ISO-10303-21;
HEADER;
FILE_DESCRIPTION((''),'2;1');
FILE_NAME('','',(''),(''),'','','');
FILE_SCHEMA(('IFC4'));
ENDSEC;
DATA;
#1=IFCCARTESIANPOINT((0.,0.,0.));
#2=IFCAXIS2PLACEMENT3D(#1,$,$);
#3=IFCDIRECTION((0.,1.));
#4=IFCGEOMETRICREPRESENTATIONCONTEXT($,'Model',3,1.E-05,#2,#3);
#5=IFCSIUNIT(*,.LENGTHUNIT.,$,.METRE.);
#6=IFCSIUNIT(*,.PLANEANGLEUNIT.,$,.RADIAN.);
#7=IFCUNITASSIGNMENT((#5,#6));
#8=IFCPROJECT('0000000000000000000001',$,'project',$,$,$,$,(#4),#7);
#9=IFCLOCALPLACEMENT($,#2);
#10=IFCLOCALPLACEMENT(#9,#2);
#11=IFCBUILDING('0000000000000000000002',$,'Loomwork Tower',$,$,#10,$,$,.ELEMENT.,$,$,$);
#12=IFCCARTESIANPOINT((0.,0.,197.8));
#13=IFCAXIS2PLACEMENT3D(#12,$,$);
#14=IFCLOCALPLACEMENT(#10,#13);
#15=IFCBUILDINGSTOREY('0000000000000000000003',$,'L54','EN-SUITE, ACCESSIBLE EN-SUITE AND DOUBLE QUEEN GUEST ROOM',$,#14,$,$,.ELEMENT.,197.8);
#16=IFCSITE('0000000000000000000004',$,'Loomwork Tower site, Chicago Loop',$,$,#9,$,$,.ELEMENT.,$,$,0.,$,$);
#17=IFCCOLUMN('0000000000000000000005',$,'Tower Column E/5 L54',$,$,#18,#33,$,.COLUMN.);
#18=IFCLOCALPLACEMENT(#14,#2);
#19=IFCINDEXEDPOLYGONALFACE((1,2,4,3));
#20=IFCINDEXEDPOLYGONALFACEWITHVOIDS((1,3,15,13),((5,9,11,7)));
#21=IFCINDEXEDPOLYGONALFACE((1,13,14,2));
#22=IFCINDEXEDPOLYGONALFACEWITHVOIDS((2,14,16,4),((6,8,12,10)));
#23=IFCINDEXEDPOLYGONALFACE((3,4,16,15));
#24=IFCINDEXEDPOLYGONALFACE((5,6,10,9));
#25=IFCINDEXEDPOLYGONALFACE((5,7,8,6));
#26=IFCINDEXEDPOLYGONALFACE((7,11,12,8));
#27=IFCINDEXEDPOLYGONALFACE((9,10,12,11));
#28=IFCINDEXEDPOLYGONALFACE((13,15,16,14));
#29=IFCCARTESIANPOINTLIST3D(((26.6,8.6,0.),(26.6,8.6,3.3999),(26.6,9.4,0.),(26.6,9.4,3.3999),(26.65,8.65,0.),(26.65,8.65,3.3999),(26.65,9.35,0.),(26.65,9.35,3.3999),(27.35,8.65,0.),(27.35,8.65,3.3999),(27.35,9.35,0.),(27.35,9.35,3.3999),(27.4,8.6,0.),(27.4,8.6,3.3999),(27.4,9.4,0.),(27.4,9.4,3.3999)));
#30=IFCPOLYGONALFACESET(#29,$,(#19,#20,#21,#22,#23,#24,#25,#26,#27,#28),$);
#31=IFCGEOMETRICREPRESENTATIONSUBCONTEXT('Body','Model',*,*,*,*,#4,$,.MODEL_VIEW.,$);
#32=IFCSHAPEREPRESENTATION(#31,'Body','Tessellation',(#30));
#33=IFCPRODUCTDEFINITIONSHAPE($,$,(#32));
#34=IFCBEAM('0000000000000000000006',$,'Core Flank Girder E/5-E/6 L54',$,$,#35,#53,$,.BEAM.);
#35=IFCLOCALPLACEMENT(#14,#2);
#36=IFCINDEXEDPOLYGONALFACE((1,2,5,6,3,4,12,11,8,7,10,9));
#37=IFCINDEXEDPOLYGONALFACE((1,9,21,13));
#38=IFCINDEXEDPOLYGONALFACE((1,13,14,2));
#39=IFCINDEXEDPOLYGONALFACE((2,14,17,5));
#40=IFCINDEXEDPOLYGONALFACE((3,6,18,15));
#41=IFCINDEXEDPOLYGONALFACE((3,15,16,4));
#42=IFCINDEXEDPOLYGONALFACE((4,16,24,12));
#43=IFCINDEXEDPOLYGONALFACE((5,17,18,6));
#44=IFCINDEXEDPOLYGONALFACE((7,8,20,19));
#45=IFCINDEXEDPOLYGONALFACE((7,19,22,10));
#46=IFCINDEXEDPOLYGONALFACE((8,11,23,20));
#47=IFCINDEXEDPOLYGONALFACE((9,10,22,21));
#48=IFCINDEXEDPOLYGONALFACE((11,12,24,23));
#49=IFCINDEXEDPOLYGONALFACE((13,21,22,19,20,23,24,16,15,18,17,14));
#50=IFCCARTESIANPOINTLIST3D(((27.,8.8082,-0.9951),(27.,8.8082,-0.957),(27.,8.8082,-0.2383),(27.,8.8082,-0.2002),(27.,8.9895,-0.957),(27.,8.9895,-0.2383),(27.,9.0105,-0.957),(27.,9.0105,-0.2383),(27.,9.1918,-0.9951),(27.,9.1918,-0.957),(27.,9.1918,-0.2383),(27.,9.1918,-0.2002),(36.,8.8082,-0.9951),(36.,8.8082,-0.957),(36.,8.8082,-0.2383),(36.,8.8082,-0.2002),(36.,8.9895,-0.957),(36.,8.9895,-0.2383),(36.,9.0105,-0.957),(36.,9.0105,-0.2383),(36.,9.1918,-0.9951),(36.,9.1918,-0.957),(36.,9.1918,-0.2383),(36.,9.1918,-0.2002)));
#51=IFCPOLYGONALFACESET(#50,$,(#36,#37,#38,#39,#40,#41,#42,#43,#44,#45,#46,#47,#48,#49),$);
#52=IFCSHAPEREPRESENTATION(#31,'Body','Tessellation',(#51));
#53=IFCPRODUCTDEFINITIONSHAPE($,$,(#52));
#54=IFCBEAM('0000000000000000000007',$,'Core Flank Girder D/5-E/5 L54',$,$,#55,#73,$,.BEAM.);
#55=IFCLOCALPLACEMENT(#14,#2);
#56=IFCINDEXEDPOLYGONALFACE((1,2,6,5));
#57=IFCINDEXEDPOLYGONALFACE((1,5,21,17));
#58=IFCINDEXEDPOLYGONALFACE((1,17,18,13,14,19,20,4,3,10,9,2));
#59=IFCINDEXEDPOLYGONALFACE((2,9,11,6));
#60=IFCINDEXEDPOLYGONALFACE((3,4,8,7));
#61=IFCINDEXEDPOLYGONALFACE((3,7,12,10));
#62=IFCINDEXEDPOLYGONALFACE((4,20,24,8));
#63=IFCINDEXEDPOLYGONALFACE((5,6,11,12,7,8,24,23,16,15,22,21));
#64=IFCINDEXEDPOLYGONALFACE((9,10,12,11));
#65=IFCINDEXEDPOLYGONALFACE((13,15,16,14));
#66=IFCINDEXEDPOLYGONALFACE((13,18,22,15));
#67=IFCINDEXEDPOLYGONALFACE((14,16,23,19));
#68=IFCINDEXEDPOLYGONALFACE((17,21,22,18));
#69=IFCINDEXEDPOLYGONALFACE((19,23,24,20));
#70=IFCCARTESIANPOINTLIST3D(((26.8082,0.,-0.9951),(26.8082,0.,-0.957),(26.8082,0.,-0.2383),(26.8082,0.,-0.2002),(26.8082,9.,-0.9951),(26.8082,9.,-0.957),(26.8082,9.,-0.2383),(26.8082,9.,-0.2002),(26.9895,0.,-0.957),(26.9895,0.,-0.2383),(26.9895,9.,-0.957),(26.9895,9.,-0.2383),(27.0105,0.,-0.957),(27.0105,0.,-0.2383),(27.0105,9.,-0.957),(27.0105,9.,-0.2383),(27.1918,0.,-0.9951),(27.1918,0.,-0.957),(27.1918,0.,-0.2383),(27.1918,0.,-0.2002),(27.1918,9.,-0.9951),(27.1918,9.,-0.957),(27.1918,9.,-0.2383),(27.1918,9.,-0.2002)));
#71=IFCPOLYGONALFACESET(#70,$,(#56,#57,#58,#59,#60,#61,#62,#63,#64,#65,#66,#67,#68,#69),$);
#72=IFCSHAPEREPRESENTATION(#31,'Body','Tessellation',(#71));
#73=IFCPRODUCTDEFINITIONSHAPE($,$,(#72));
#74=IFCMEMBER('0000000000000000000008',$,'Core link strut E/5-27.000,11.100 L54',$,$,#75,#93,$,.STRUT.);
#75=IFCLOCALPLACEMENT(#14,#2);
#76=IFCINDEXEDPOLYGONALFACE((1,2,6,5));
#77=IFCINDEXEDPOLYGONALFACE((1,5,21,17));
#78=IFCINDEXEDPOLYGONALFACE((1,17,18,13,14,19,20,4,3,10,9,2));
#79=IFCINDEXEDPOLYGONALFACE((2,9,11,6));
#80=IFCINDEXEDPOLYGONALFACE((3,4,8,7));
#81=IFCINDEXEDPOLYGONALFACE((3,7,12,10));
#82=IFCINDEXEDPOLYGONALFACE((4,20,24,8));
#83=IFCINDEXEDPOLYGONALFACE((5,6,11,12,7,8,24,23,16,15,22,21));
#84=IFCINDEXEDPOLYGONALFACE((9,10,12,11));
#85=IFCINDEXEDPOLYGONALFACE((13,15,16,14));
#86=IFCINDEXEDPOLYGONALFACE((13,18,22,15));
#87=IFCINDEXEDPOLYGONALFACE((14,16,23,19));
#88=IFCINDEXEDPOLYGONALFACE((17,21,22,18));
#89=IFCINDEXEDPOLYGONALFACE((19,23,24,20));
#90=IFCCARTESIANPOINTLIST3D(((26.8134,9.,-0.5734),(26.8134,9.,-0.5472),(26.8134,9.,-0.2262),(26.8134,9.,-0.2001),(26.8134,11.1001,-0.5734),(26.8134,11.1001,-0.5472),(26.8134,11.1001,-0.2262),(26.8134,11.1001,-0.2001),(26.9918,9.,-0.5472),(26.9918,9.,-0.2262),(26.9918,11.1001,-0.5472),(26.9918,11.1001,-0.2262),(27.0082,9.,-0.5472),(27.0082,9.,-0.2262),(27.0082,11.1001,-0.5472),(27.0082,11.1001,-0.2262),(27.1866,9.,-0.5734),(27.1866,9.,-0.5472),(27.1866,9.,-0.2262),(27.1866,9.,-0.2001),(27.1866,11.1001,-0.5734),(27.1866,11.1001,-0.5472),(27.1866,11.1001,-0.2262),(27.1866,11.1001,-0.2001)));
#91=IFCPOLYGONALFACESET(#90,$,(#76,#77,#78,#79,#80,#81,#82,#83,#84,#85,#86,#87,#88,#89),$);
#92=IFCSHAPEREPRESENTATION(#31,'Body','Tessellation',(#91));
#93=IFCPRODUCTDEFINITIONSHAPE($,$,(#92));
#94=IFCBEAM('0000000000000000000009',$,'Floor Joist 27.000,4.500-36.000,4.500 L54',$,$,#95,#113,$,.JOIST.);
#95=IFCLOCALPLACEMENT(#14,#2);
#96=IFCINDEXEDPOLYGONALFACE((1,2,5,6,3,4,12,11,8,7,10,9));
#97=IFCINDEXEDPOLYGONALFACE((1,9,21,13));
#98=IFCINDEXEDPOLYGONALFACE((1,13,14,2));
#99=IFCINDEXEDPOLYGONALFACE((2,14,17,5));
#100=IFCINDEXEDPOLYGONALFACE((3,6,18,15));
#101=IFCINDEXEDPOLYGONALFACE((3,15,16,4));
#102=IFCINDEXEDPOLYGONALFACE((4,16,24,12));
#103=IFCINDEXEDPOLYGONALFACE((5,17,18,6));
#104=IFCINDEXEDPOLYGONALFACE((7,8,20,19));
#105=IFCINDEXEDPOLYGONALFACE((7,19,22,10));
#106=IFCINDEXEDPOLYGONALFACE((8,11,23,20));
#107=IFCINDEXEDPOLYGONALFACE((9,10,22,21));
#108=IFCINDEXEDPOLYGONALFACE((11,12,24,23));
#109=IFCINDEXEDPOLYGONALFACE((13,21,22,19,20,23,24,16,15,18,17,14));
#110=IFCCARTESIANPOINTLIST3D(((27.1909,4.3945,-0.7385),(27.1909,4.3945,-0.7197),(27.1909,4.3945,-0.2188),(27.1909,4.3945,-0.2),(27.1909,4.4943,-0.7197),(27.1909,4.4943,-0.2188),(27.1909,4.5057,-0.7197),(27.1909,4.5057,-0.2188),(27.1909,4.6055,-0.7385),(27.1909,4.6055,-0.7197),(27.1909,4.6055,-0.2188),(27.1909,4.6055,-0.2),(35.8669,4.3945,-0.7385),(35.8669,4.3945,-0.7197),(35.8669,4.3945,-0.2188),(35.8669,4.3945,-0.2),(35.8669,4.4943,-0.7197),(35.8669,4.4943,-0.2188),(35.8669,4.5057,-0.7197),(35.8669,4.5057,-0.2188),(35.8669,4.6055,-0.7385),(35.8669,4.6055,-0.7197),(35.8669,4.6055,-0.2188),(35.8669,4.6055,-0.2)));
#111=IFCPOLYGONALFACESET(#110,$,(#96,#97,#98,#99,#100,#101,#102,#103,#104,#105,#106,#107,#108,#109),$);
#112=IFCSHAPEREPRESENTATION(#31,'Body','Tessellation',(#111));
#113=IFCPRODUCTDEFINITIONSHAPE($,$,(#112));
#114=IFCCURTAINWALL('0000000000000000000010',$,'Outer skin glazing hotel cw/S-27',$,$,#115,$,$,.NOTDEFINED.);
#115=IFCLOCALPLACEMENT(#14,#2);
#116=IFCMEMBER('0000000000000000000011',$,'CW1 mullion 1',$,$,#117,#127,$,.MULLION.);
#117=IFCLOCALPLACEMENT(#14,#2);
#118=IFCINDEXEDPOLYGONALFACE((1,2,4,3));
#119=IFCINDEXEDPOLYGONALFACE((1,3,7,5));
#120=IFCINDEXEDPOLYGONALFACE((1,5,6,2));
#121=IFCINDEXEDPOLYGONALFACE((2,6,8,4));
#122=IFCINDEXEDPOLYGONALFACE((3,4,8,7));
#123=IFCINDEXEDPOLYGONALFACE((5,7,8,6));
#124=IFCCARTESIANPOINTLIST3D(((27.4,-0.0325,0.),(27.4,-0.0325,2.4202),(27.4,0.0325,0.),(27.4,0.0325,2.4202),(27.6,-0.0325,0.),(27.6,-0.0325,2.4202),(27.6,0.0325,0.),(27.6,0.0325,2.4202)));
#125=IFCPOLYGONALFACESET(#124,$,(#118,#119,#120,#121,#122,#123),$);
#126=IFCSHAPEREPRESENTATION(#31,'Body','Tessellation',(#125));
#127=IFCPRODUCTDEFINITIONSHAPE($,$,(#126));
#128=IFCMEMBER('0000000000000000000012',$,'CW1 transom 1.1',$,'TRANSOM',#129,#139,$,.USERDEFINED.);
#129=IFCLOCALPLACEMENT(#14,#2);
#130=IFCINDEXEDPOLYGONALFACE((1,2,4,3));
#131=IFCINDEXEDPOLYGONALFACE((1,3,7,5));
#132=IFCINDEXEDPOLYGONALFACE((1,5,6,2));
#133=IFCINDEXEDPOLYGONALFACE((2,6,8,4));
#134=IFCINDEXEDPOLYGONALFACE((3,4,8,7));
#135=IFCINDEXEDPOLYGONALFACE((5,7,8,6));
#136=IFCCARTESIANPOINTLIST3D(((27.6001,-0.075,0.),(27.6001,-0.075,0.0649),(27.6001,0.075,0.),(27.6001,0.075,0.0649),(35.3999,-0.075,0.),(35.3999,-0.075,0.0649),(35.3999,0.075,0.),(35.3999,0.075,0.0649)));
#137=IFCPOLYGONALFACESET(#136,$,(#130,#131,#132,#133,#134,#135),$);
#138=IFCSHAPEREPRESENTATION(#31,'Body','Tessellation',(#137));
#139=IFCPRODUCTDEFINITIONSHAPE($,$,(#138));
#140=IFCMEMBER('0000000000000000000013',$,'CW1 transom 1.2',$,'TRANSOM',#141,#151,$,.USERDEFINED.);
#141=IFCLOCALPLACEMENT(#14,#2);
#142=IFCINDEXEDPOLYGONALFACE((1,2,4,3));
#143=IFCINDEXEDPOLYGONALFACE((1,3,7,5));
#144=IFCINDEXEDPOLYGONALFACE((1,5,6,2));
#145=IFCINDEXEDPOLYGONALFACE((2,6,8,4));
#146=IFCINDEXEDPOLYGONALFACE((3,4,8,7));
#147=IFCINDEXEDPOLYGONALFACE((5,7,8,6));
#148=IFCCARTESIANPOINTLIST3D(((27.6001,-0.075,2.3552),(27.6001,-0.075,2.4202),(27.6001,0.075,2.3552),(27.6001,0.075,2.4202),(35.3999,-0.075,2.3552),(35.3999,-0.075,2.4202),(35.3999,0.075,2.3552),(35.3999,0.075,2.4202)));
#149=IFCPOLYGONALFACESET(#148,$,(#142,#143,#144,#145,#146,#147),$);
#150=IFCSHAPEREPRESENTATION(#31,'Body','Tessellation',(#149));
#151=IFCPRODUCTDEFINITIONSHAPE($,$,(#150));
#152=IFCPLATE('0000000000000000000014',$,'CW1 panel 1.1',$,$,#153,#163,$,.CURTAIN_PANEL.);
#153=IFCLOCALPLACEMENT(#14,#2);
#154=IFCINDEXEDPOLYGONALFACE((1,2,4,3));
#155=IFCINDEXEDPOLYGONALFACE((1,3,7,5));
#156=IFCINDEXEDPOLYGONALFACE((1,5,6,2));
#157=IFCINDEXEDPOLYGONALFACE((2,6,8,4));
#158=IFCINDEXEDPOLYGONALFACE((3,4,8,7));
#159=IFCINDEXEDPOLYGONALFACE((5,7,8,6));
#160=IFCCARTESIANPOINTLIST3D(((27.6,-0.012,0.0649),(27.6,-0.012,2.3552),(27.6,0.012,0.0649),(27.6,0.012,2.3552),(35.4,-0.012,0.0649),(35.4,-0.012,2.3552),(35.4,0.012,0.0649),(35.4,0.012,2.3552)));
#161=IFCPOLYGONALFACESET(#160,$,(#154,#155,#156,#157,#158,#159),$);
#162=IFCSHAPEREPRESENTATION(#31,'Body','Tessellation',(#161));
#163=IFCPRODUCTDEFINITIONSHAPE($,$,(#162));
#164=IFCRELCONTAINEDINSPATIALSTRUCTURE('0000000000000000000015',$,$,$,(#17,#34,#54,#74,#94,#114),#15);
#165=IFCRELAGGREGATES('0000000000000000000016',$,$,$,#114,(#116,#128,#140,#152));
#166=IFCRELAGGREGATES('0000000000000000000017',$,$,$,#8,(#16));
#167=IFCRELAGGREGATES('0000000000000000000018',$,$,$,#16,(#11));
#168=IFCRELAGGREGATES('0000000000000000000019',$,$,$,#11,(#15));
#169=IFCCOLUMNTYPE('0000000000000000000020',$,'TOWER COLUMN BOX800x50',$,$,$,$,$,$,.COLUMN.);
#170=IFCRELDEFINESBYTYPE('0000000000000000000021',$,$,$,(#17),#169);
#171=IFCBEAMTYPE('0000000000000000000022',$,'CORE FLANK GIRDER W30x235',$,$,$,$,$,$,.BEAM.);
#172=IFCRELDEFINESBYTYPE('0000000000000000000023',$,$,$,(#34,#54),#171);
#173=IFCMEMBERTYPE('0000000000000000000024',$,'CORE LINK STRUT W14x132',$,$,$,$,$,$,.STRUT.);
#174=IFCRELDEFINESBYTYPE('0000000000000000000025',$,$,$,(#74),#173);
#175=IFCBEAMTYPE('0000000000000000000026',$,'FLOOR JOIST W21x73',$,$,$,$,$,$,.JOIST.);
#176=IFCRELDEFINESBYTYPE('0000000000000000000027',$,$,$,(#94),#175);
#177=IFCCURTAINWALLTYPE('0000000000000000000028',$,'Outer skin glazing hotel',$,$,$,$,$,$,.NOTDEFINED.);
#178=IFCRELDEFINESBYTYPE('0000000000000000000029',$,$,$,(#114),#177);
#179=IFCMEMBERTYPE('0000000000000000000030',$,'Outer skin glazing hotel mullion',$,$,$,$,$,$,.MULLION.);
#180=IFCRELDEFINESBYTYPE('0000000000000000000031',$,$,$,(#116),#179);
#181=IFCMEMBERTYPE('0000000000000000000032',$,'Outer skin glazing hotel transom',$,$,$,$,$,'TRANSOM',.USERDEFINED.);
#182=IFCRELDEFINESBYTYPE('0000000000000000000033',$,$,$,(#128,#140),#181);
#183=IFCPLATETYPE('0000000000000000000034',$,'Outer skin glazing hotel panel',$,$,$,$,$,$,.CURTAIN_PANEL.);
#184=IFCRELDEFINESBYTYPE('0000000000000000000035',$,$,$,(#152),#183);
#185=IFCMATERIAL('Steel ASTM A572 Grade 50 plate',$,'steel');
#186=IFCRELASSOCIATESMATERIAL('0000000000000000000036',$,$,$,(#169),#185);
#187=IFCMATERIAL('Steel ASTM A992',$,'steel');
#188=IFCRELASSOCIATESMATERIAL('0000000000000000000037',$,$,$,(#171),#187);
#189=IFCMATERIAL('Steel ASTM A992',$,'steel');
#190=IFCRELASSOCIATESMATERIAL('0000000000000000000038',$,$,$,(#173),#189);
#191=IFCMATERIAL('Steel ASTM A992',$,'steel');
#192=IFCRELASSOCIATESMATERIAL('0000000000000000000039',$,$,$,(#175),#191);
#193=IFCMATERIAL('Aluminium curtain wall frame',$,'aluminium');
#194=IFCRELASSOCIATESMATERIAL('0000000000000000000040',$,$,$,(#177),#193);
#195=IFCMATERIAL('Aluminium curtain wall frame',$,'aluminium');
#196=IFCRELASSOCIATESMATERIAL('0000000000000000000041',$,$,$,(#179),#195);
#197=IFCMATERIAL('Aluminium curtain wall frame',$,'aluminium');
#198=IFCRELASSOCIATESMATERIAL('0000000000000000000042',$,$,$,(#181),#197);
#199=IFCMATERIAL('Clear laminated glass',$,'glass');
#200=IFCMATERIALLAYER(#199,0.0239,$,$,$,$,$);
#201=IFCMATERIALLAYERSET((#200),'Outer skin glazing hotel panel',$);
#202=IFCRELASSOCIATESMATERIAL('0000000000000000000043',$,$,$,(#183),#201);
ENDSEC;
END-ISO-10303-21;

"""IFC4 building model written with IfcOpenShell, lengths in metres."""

from ifc_helpers import new_model, si_unit, direction, frame, origin, origin_2d, place, context, subcontext, project, spatial, rectangle, hollow_rectangle, i_section, extrude, material, layer, layer_set, material_profile, profile_set, type_object, element, aggregate, save


model = new_model("IFC4")

# Units and contexts
model_context = context("Model", 3, precision=1e-05, world=origin(), true_north=direction((0.0, 1.0)))
body_context = subcontext(model_context, "Body", "Model", "MODEL_VIEW")
ifc_project = project(units=[si_unit("LENGTHUNIT", "METRE"), si_unit("PLANEANGLEUNIT", "RADIAN")], contexts=[model_context])

# Site, building, storey
site_placement = place(None, origin())
site = spatial("IfcSite", under=ifc_project, at=site_placement, Name="Loomwork Tower site, Chicago Loop", CompositionType="ELEMENT", RefElevation=0.0)
building_placement = place(site_placement, origin())
building = spatial("IfcBuilding", under=site, at=building_placement, Name="Loomwork Tower", CompositionType="ELEMENT")
storey_placement = place(building_placement, frame((0.0, 0.0, 197.8)))
storey = spatial("IfcBuildingStorey", under=building, at=storey_placement, Name="L54", Description="EN-SUITE, ACCESSIBLE EN-SUITE AND DOUBLE QUEEN GUEST ROOM", CompositionType="ELEMENT", Elevation=197.8)

# Column
ifc_material_1 = material(Name="Steel ASTM A572 Grade 50 plate", Category="steel")
ifc_material_profile_1 = material_profile(ifc_material_1, hollow_rectangle(XDim=0.8, YDim=0.8, WallThickness=0.05, at=origin_2d()), Name="BOX800x50")
ifc_profile_set_1 = profile_set([ifc_material_profile_1], Name="Steel ASTM A572 Grade 50 plate")
column_type = type_object("IfcColumnType", Name="TOWER COLUMN BOX800x50", PredefinedType="COLUMN", material=ifc_profile_set_1)
column_placement = place(storey_placement, frame((27.0, 9.0, 0.0), z_axis=(0.0, 0.0, 1.0), x_axis=(1.0, 0.0, 0.0)))
element("IfcColumn", 1, at=column_placement, inside=storey, type_object=column_type, Name="Tower Column E/5 L54", PredefinedType="COLUMN", context=body_context, shape_type="SweptSolid", body=[
    extrude(hollow_rectangle(XDim=0.8, YDim=0.8, WallThickness=0.05, at=origin_2d()), origin(), (0.0, 0.0, 1.0), 3.3999),
])

# Beams
ifc_material_2 = material(Name="Steel ASTM A992", Category="steel")
ifc_material_profile_2 = material_profile(ifc_material_2, i_section(OverallWidth=0.3835, OverallDepth=0.7949, WebThickness=0.021, FlangeThickness=0.0381, at=origin_2d()), Name="W30x235")
ifc_profile_set_2 = profile_set([ifc_material_profile_2], Name="Steel ASTM A992")
beam_type_1 = type_object("IfcBeamType", Name="CORE FLANK GIRDER W30x235", PredefinedType="BEAM", material=ifc_profile_set_2)
for number, where, z_axis, x_axis, name in (
    (2, (27.0, 9.0, -0.5977), (1.0, 0.0, 0.0), (0.0, 1.0, 0.0), "Core Flank Girder E/5-E/6 L54"),
    (3, (27.0, 0.0, -0.5977), (0.0, 1.0, 0.0), (-1.0, 0.0, 0.0), "Core Flank Girder D/5-E/5 L54"),
):
    element("IfcBeam", number, at=place(storey_placement, frame(where, z_axis=z_axis, x_axis=x_axis)), inside=storey, type_object=beam_type_1, Name=name, PredefinedType="BEAM", context=body_context, shape_type="SweptSolid", body=[
        extrude(i_section(OverallWidth=0.3835, OverallDepth=0.7949, WebThickness=0.021, FlangeThickness=0.0381, at=origin_2d()), origin(), (0.0, 0.0, 1.0), 9.0),
    ])

# Member
ifc_material_3 = material(Name="Steel ASTM A992", Category="steel")
ifc_material_profile_3 = material_profile(ifc_material_3, i_section(OverallWidth=0.3733, OverallDepth=0.3733, WebThickness=0.0164, FlangeThickness=0.0261, at=origin_2d()), Name="W14x132")
ifc_profile_set_3 = profile_set([ifc_material_profile_3], Name="Steel ASTM A992")
member_type_1 = type_object("IfcMemberType", Name="CORE LINK STRUT W14x132", PredefinedType="STRUT", material=ifc_profile_set_3)
member_1_placement = place(storey_placement, frame((27.0, 9.0, -0.3867), z_axis=(0.0, 1.0, 0.0), x_axis=(-1.0, 0.0, 0.0)))
element("IfcMember", 4, at=member_1_placement, inside=storey, type_object=member_type_1, Name="Core link strut E/5-27.000,11.100 L54", PredefinedType="STRUT", context=body_context, shape_type="SweptSolid", body=[
    extrude(i_section(OverallWidth=0.3733, OverallDepth=0.3733, WebThickness=0.0164, FlangeThickness=0.0261, at=origin_2d()), origin(), (0.0, 0.0, 1.0), 2.1001),
])

# Beam
ifc_material_4 = material(Name="Steel ASTM A992", Category="steel")
ifc_material_profile_4 = material_profile(ifc_material_4, i_section(OverallWidth=0.2109, OverallDepth=0.5386, WebThickness=0.0115, FlangeThickness=0.0188, at=origin_2d()), Name="W21x73")
ifc_profile_set_4 = profile_set([ifc_material_profile_4], Name="Steel ASTM A992")
beam_type_2 = type_object("IfcBeamType", Name="FLOOR JOIST W21x73", PredefinedType="JOIST", material=ifc_profile_set_4)
beam_placement = place(storey_placement, frame((27.1909, 4.5, -0.4692), z_axis=(1.0, 0.0, 0.0), x_axis=(0.0, 1.0, 0.0)))
element("IfcBeam", 5, at=beam_placement, inside=storey, type_object=beam_type_2, Name="Floor Joist 27.000,4.500-36.000,4.500 L54", PredefinedType="JOIST", context=body_context, shape_type="SweptSolid", body=[
    extrude(i_section(OverallWidth=0.2109, OverallDepth=0.5386, WebThickness=0.0115, FlangeThickness=0.0188, at=origin_2d()), origin(), (0.0, 0.0, 1.0), 8.676),
])

# Curtain wall, members, plate
ifc_material_5 = material(Name="Aluminium curtain wall frame", Category="aluminium")
curtain_wall_type = type_object("IfcCurtainWallType", Name="Outer skin glazing hotel", PredefinedType="NOTDEFINED", material=ifc_material_5)
curtain_wall_placement = place(storey_placement, origin())
curtain_wall = element("IfcCurtainWall", 6, at=curtain_wall_placement, inside=storey, type_object=curtain_wall_type, Name="Outer skin glazing hotel cw/S-27", PredefinedType="NOTDEFINED")
ifc_material_6 = material(Name="Aluminium curtain wall frame", Category="aluminium")
ifc_material_profile_5 = material_profile(ifc_material_6, rectangle(XDim=0.0649, YDim=0.2, at=origin_2d()), Name="AL 65x200")
ifc_profile_set_5 = profile_set([ifc_material_profile_5], Name="Aluminium curtain wall frame")
member_type_2 = type_object("IfcMemberType", Name="Outer skin glazing hotel mullion", PredefinedType="MULLION", material=ifc_profile_set_5)
member_2_placement = place(storey_placement, frame((27.5, 0.0, 0.0), z_axis=(0.0, 0.0, 1.0), x_axis=(0.0, 1.0, 0.0)))
member_2 = element("IfcMember", 7, at=member_2_placement, type_object=member_type_2, Name="CW1 mullion 1", PredefinedType="MULLION", context=body_context, shape_type="SweptSolid", body=[
    extrude(rectangle(XDim=0.0649, YDim=0.2, at=origin_2d()), origin(), (0.0, 0.0, 1.0), 2.4202),
])
ifc_material_7 = material(Name="Aluminium curtain wall frame", Category="aluminium")
ifc_material_profile_6 = material_profile(ifc_material_7, rectangle(XDim=0.1499, YDim=0.0649, at=origin_2d()), Name="AL 65x150")
ifc_profile_set_6 = profile_set([ifc_material_profile_6], Name="Aluminium curtain wall frame")
member_type_3 = type_object("IfcMemberType", Name="Outer skin glazing hotel transom", ElementType="TRANSOM", PredefinedType="USERDEFINED", material=ifc_profile_set_6)
member_3_placement = place(storey_placement, frame((27.6001, 0.0, 0.0325), z_axis=(1.0, 0.0, 0.0), x_axis=(0.0, 1.0, 0.0)))
member_3 = element("IfcMember", 8, at=member_3_placement, type_object=member_type_3, Name="CW1 transom 1.1", ObjectType="TRANSOM", PredefinedType="USERDEFINED", context=body_context, shape_type="SweptSolid", body=[
    extrude(rectangle(XDim=0.1499, YDim=0.0649, at=origin_2d()), origin(), (0.0, 0.0, 1.0), 7.7998),
])
member_4_placement = place(storey_placement, frame((27.6001, 0.0, 2.3877), z_axis=(1.0, 0.0, 0.0), x_axis=(0.0, 1.0, 0.0)))
member_4 = element("IfcMember", 9, at=member_4_placement, type_object=member_type_3, Name="CW1 transom 1.2", ObjectType="TRANSOM", PredefinedType="USERDEFINED", context=body_context, shape_type="SweptSolid", body=[
    extrude(rectangle(XDim=0.1499, YDim=0.0649, at=origin_2d()), origin(), (0.0, 0.0, 1.0), 7.7998),
])
ifc_material_8 = material(Name="Clear laminated glass", Category="glass")
ifc_layer_1 = layer(ifc_material_8, 0.0239)
ifc_layer_set_1 = layer_set([ifc_layer_1], Name="Outer skin glazing hotel panel")
plate_type = type_object("IfcPlateType", Name="Outer skin glazing hotel panel", PredefinedType="CURTAIN_PANEL", material=ifc_layer_set_1)
plate_placement = place(storey_placement, frame((31.5, 0.0, 0.0649), z_axis=(0.0, 0.0, 1.0), x_axis=(1.0, 0.0, 0.0)))
plate = element("IfcPlate", 10, at=plate_placement, type_object=plate_type, Name="CW1 panel 1.1", PredefinedType="CURTAIN_PANEL", context=body_context, shape_type="SweptSolid", body=[
    extrude(rectangle(XDim=7.8, YDim=0.0239, at=origin_2d()), origin(), (0.0, 0.0, 1.0), 2.2903),
])
aggregate(curtain_wall, [member_2, member_3, member_4, plate])

save(model, "model.ifc")
